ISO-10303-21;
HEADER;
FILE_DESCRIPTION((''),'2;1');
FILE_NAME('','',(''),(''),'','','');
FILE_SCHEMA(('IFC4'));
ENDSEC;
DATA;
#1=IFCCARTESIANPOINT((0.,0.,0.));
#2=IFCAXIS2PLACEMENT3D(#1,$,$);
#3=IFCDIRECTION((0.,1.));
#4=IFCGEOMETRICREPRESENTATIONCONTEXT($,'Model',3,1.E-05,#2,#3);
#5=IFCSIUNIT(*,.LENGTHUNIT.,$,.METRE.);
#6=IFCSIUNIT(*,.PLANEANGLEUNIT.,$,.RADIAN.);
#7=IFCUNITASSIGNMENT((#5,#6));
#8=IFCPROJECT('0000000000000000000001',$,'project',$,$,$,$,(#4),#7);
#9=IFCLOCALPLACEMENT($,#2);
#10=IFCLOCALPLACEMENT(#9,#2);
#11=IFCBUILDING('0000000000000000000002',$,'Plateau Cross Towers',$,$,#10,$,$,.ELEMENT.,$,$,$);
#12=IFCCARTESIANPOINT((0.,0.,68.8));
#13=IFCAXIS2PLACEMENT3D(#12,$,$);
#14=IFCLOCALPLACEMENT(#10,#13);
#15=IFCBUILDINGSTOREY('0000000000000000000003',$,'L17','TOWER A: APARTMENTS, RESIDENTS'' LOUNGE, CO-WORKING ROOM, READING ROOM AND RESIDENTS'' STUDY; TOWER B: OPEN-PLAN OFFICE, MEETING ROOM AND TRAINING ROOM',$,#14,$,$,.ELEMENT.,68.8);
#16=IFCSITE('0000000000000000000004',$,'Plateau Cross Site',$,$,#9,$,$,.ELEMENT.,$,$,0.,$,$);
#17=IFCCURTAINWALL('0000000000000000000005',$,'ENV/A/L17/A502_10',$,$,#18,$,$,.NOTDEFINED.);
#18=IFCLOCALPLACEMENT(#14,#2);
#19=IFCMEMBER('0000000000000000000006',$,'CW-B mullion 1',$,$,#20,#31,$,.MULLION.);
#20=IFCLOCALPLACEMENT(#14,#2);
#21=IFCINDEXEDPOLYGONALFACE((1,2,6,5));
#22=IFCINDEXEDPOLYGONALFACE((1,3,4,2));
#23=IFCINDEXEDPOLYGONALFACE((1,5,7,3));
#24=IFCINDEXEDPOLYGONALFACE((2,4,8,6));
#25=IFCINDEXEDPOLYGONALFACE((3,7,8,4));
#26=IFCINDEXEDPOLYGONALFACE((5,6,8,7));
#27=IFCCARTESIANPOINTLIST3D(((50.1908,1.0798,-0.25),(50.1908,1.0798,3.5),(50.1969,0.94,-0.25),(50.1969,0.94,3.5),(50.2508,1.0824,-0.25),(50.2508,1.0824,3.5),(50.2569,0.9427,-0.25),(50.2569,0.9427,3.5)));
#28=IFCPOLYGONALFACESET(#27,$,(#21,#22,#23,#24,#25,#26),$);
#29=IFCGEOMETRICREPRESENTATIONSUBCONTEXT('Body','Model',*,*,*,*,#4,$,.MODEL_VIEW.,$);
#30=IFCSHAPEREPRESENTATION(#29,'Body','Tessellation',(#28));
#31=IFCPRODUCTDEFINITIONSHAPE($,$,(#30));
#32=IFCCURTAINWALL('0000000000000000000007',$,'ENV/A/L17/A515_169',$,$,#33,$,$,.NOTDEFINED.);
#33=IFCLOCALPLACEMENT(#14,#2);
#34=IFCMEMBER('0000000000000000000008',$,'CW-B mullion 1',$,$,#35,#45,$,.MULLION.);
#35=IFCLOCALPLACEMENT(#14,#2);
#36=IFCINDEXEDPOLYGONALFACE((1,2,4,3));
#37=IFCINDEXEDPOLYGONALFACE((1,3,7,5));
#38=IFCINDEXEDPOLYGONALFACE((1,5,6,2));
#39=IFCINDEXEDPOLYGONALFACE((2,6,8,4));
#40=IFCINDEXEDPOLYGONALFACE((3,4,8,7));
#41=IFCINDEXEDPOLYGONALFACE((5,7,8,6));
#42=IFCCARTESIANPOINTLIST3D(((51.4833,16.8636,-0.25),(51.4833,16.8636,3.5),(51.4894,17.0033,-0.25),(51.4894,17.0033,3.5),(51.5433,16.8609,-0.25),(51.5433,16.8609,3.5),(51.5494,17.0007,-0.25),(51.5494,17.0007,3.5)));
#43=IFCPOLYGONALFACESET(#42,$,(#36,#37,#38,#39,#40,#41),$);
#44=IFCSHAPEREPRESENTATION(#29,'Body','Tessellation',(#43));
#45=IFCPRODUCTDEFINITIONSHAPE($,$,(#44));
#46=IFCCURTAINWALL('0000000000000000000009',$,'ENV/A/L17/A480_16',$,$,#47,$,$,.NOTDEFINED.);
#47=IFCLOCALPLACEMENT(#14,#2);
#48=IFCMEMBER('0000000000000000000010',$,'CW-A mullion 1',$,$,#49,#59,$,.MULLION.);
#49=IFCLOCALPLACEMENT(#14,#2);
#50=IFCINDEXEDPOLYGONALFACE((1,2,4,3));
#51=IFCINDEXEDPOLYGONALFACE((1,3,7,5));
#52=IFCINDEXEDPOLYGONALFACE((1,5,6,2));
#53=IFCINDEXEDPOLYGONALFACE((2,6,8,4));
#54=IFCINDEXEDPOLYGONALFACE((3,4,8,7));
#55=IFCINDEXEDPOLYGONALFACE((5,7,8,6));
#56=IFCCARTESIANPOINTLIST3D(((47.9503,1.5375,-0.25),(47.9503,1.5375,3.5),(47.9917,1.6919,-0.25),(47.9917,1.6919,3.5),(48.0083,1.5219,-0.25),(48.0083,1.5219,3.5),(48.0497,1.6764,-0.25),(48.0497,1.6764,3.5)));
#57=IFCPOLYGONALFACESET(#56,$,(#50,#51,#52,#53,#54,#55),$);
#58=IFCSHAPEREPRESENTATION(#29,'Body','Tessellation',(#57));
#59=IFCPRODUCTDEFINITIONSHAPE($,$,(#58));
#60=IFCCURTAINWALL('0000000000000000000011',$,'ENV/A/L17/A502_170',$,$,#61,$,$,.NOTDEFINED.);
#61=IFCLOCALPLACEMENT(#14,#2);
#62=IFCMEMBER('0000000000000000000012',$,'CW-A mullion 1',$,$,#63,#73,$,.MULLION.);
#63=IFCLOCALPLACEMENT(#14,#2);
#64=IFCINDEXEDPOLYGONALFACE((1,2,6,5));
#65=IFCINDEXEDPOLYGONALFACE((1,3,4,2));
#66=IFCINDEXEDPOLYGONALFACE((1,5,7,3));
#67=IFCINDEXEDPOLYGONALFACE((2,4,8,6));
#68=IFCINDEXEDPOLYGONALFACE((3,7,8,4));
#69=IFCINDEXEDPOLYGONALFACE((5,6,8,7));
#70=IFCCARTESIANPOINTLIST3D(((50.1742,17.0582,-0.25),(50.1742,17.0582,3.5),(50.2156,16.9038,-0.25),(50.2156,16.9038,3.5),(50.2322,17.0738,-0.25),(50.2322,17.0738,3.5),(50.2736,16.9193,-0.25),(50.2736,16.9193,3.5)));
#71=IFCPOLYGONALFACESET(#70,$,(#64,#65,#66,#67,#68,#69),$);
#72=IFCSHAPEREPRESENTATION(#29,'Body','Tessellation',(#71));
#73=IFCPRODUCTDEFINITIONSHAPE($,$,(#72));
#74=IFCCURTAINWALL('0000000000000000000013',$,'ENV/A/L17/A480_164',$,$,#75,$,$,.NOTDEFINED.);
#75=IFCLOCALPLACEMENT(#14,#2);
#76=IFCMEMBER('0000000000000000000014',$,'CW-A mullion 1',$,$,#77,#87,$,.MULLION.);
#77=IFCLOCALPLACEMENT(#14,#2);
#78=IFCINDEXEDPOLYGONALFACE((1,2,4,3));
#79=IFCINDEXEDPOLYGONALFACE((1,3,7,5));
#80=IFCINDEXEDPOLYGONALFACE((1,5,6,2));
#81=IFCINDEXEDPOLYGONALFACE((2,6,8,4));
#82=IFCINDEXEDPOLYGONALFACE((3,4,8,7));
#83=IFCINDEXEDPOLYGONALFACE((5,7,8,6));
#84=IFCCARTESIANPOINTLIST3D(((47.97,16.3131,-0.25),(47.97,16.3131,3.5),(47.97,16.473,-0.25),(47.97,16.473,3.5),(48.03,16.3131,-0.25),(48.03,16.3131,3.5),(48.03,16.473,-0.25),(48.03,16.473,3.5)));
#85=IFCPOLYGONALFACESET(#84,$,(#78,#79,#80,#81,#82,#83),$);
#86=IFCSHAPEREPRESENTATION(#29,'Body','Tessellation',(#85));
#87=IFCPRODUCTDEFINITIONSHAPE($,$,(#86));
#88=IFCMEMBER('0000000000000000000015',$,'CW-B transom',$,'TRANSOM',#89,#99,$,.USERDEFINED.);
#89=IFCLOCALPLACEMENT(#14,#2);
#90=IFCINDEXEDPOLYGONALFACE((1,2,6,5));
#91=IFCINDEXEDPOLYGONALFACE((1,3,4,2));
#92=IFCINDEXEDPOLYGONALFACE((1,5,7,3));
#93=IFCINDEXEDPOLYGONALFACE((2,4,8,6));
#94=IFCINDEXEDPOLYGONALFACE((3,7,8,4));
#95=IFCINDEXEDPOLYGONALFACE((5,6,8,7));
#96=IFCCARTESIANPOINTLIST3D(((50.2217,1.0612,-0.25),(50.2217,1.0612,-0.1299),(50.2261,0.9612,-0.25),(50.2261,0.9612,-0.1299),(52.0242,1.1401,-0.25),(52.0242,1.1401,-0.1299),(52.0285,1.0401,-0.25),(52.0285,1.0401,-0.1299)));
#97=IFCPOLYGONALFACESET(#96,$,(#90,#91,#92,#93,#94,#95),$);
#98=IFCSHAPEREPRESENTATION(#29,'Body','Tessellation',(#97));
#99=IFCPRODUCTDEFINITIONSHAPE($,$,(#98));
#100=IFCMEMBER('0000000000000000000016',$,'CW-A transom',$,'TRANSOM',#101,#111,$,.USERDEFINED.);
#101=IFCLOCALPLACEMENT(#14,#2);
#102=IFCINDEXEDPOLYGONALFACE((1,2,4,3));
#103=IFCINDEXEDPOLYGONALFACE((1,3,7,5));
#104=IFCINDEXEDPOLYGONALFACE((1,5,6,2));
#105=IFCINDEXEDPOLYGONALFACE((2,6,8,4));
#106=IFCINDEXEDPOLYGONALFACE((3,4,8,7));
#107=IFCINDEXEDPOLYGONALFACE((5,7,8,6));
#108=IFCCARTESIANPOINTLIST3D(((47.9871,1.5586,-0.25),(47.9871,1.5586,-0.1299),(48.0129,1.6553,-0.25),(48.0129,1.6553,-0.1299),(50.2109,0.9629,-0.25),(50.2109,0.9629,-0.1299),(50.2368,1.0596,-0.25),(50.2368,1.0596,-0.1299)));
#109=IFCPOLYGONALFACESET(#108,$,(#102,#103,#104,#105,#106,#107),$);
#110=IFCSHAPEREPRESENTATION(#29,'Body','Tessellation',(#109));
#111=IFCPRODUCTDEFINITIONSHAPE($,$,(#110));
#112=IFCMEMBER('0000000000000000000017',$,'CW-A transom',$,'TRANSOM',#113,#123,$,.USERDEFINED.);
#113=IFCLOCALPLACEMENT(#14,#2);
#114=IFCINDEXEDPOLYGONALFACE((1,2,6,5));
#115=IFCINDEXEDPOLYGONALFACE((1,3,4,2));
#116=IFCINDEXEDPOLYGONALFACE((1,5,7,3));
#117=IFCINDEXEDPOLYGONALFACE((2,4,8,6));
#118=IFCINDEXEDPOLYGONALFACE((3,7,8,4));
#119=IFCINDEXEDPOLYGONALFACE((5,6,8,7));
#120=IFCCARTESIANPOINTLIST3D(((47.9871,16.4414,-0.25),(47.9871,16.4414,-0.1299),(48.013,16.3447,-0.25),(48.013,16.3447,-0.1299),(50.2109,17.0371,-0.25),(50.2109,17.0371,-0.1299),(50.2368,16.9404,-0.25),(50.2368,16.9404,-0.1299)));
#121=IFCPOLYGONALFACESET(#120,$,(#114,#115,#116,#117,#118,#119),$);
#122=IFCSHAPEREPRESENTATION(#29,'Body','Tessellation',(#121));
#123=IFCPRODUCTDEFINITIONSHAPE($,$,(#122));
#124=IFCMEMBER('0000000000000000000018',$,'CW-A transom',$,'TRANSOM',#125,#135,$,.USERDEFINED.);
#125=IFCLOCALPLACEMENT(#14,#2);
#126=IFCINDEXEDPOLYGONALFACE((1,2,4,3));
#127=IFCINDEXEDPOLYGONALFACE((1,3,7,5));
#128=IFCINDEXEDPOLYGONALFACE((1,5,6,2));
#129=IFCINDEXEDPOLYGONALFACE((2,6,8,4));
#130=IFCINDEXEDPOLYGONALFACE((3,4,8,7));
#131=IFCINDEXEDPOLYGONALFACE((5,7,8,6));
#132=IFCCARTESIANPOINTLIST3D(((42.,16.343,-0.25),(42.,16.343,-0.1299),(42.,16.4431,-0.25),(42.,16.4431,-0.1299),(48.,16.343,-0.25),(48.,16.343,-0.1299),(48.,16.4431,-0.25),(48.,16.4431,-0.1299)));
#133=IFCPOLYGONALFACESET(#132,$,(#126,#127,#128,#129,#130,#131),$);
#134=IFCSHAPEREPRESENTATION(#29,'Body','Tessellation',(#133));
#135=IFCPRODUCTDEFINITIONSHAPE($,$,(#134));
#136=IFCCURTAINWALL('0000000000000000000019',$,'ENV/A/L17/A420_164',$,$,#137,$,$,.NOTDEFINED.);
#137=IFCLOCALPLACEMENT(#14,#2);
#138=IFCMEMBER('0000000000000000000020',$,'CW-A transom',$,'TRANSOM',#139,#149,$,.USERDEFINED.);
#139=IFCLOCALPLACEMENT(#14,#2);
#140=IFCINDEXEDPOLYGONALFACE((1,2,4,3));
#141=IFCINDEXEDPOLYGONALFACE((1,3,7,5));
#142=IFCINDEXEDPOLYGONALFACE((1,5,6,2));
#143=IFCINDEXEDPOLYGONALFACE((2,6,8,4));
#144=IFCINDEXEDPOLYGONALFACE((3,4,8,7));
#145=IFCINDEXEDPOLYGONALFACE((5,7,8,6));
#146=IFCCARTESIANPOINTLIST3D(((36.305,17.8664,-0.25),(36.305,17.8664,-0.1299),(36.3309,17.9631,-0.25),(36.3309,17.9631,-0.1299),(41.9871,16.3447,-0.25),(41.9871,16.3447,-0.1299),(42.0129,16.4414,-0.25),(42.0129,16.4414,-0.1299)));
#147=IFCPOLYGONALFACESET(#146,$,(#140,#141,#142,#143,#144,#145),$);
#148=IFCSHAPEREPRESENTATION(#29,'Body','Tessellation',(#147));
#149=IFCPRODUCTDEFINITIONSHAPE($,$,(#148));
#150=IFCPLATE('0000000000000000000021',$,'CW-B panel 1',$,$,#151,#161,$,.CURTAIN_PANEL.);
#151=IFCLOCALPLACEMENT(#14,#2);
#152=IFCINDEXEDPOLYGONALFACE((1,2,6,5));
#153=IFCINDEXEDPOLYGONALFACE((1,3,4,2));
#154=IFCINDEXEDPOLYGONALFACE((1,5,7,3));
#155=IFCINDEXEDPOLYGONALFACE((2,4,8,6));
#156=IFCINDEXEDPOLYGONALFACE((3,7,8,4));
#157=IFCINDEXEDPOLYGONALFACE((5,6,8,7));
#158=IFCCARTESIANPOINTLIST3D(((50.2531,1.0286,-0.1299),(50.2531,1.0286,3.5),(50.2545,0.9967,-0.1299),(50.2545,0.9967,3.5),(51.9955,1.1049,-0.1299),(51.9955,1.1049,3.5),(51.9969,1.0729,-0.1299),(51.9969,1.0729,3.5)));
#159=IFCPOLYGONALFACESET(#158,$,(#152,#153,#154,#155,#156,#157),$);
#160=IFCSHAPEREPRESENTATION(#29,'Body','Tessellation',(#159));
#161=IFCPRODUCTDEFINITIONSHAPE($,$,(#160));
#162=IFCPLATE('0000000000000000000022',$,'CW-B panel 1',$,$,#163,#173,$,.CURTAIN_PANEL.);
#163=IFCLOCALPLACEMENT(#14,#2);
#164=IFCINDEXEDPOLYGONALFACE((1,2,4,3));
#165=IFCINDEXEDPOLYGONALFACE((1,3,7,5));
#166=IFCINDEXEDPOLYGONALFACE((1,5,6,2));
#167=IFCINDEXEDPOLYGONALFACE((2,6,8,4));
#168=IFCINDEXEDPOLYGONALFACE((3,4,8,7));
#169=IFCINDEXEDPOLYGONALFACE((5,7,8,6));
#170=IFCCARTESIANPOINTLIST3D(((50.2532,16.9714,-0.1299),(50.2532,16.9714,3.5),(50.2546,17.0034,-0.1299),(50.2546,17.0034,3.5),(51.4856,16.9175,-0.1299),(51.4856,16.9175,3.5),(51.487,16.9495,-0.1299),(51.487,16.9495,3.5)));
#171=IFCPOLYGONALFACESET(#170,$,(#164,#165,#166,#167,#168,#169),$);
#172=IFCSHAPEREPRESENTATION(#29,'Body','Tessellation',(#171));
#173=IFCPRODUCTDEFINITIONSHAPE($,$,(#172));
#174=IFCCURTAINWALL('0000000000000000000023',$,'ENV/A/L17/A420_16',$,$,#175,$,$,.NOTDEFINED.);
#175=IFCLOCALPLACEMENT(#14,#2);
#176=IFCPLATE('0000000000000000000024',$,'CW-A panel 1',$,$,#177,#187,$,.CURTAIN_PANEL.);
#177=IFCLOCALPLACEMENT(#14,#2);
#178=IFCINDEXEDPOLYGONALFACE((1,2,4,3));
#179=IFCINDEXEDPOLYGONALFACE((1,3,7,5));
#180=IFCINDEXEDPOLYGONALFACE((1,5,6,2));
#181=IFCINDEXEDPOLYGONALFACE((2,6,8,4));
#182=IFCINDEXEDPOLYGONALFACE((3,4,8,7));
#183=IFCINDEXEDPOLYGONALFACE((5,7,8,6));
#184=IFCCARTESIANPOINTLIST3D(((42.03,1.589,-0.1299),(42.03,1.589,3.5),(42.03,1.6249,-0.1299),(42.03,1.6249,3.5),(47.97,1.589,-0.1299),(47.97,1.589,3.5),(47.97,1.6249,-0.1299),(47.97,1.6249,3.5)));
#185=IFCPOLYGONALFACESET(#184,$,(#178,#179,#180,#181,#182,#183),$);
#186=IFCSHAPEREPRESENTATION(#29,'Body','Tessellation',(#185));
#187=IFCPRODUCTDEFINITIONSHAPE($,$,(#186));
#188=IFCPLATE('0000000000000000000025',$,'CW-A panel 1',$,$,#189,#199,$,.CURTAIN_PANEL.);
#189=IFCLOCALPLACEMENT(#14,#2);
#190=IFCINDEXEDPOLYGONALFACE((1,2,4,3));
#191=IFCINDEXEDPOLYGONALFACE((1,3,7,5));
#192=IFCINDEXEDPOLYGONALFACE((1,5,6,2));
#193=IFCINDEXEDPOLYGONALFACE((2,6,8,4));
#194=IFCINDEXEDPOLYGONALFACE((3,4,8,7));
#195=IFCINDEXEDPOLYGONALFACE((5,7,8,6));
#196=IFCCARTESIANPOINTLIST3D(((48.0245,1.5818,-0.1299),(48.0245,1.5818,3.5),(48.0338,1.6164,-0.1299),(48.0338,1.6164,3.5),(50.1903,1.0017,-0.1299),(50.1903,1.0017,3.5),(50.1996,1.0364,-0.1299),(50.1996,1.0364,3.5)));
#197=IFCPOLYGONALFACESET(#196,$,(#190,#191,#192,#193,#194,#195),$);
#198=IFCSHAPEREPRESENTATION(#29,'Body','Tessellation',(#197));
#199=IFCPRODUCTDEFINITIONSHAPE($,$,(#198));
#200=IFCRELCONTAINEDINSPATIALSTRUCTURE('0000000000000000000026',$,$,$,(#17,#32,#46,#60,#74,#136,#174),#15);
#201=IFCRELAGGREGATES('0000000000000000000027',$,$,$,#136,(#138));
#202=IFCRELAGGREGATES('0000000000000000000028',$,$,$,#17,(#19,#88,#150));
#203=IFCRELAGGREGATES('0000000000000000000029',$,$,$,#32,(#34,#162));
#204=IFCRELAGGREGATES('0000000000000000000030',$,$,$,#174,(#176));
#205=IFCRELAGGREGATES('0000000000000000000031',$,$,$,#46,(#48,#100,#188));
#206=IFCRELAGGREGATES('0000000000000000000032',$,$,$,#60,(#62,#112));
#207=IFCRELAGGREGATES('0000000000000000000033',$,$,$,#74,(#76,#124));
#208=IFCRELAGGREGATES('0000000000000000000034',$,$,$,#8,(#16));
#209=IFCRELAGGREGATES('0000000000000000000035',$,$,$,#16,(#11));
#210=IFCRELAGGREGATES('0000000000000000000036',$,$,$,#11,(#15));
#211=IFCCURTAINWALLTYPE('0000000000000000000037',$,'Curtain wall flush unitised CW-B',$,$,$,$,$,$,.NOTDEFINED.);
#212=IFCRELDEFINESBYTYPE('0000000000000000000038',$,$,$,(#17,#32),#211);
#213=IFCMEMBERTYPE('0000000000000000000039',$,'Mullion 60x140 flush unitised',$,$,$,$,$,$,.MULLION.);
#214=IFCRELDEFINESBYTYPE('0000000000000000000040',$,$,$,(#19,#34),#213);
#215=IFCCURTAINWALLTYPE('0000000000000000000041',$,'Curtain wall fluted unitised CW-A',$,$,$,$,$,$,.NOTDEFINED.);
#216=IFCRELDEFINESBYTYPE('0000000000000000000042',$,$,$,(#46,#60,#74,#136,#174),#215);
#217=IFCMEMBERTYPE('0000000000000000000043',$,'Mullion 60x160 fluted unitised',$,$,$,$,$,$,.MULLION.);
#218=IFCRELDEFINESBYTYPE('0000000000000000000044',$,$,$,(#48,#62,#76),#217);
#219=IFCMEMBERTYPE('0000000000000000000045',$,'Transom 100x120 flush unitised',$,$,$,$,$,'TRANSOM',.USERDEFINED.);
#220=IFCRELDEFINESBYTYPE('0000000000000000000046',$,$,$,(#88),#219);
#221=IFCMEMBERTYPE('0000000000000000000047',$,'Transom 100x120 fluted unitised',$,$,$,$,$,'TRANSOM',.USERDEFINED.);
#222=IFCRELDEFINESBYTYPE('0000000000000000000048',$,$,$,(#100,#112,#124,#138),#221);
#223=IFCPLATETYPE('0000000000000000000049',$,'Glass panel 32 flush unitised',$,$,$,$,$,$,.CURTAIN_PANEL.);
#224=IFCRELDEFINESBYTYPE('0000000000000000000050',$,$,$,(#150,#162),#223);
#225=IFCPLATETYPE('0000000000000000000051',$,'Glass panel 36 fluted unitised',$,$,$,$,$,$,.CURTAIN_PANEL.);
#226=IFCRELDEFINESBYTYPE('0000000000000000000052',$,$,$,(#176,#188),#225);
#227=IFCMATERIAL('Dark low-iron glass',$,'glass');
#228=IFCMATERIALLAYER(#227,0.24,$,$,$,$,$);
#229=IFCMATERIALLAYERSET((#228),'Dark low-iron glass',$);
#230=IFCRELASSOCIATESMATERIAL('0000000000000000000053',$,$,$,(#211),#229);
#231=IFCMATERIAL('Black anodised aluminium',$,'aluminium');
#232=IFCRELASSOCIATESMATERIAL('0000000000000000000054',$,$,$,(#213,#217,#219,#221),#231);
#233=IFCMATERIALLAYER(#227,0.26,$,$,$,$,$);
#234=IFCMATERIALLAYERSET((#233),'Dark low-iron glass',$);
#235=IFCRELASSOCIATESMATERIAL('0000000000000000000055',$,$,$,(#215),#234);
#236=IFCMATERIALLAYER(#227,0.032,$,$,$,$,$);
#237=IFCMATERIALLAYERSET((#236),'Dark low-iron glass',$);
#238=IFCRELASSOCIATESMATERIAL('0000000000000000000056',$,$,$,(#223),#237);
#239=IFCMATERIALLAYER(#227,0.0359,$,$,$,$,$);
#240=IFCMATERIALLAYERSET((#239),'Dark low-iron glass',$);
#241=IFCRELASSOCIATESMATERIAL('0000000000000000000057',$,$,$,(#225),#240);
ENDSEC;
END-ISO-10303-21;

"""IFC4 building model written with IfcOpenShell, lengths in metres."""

from ifc_helpers import new_model, si_unit, direction, frame, origin, origin_2d, place, context, subcontext, project, spatial, rectangle, extrude, material, layer, layer_set, material_profile, profile_set, type_object, element, aggregate, save


model = new_model("IFC4")

# Units and contexts
model_context = context("Model", 3, precision=1e-05, world=origin(), true_north=direction((0.0, 1.0)))
body_context = subcontext(model_context, "Body", "Model", "MODEL_VIEW")
ifc_project = project(units=[si_unit("LENGTHUNIT", "METRE"), si_unit("PLANEANGLEUNIT", "RADIAN")], contexts=[model_context])

# Site, building, storey
site_placement = place(None, origin())
site = spatial("IfcSite", under=ifc_project, at=site_placement, Name="Plateau Cross Site", CompositionType="ELEMENT", RefElevation=0.0)
building_placement = place(site_placement, origin())
building = spatial("IfcBuilding", under=site, at=building_placement, Name="Plateau Cross Towers", CompositionType="ELEMENT")
storey_placement = place(building_placement, frame((0.0, 0.0, 68.8)))
storey = spatial("IfcBuildingStorey", under=building, at=storey_placement, Name="L17", Description="TOWER A: APARTMENTS, RESIDENTS' LOUNGE, CO-WORKING ROOM, READING ROOM AND RESIDENTS' STUDY; TOWER B: OPEN-PLAN OFFICE, MEETING ROOM AND TRAINING ROOM", CompositionType="ELEMENT", Elevation=68.8)

# Curtain walls, members
ifc_material_1 = material(Name="Dark low-iron glass", Category="glass")
ifc_layer_1 = layer(ifc_material_1, 0.24)
ifc_layer_set_1 = layer_set([ifc_layer_1], Name="Dark low-iron glass")
curtain_wall_type_1 = type_object("IfcCurtainWallType", Name="Curtain wall flush unitised CW-B", PredefinedType="NOTDEFINED", material=ifc_layer_set_1)
curtain_wall_1_placement = place(storey_placement, origin())
curtain_wall_1 = element("IfcCurtainWall", 1, at=curtain_wall_1_placement, inside=storey, type_object=curtain_wall_type_1, Name="ENV/A/L17/A502_10", PredefinedType="NOTDEFINED")
ifc_material_2 = material(Name="Black anodised aluminium", Category="aluminium")
ifc_material_profile_1 = material_profile(ifc_material_2, rectangle(XDim=0.0601, YDim=0.1399, at=origin_2d()), Name="MULLION 60x140")
ifc_profile_set_1 = profile_set([ifc_material_profile_1], Name="Black anodised aluminium")
member_type_1 = type_object("IfcMemberType", Name="Mullion 60x140 flush unitised", PredefinedType="MULLION", material=ifc_profile_set_1)
member_1_placement = place(storey_placement, frame((50.2239, 1.0112, -0.25), z_axis=(0.0, 0.0, 1.0), x_axis=(0.999044, 0.043723, 0.0)))
member_1 = element("IfcMember", 2, at=member_1_placement, type_object=member_type_1, Name="CW-B mullion 1", PredefinedType="MULLION", context=body_context, shape_type="SweptSolid", body=[
    extrude(rectangle(XDim=0.0601, YDim=0.1399, at=origin_2d()), origin(), (0.0, 0.0, 1.0), 3.75),
])
curtain_wall_2_placement = place(storey_placement, origin())
curtain_wall_2 = element("IfcCurtainWall", 3, at=curtain_wall_2_placement, inside=storey, type_object=curtain_wall_type_1, Name="ENV/A/L17/A515_169", PredefinedType="NOTDEFINED")
member_2_placement = place(storey_placement, frame((51.5164, 16.9321, -0.25), z_axis=(0.0, 0.0, 1.0), x_axis=(-0.999044, 0.043723, 0.0)))
member_2 = element("IfcMember", 4, at=member_2_placement, type_object=member_type_1, Name="CW-B mullion 1", PredefinedType="MULLION", context=body_context, shape_type="SweptSolid", body=[
    extrude(rectangle(XDim=0.0601, YDim=0.1399, at=origin_2d()), origin(), (0.0, 0.0, 1.0), 3.75),
])
ifc_layer_2 = layer(ifc_material_1, 0.26)
ifc_layer_set_2 = layer_set([ifc_layer_2], Name="Dark low-iron glass")
curtain_wall_type_2 = type_object("IfcCurtainWallType", Name="Curtain wall fluted unitised CW-A", PredefinedType="NOTDEFINED", material=ifc_layer_set_2)
curtain_wall_3_placement = place(storey_placement, origin())
curtain_wall_3 = element("IfcCurtainWall", 5, at=curtain_wall_3_placement, inside=storey, type_object=curtain_wall_type_2, Name="ENV/A/L17/A480_16", PredefinedType="NOTDEFINED")
ifc_material_profile_2 = material_profile(ifc_material_2, rectangle(XDim=0.0601, YDim=0.1599, at=origin_2d()), Name="MULLION 60x160")
ifc_profile_set_2 = profile_set([ifc_material_profile_2], Name="Black anodised aluminium")
member_type_2 = type_object("IfcMemberType", Name="Mullion 60x160 fluted unitised", PredefinedType="MULLION", material=ifc_profile_set_2)
member_3_placement = place(storey_placement, frame((48.0, 1.6069, -0.25), z_axis=(0.0, 0.0, 1.0), x_axis=(0.965958, -0.258699, 0.0)))
member_3 = element("IfcMember", 6, at=member_3_placement, type_object=member_type_2, Name="CW-A mullion 1", PredefinedType="MULLION", context=body_context, shape_type="SweptSolid", body=[
    extrude(rectangle(XDim=0.0601, YDim=0.1599, at=origin_2d()), origin(), (0.0, 0.0, 1.0), 3.75),
])
curtain_wall_4_placement = place(storey_placement, origin())
curtain_wall_4 = element("IfcCurtainWall", 7, at=curtain_wall_4_placement, inside=storey, type_object=curtain_wall_type_2, Name="ENV/A/L17/A502_170", PredefinedType="NOTDEFINED")
member_4_placement = place(storey_placement, frame((50.2239, 16.9888, -0.25), z_axis=(0.0, 0.0, 1.0), x_axis=(-0.965958, -0.258699, 0.0)))
member_4 = element("IfcMember", 8, at=member_4_placement, type_object=member_type_2, Name="CW-A mullion 1", PredefinedType="MULLION", context=body_context, shape_type="SweptSolid", body=[
    extrude(rectangle(XDim=0.0601, YDim=0.1599, at=origin_2d()), origin(), (0.0, 0.0, 1.0), 3.75),
])
curtain_wall_5_placement = place(storey_placement, origin())
curtain_wall_5 = element("IfcCurtainWall", 9, at=curtain_wall_5_placement, inside=storey, type_object=curtain_wall_type_2, Name="ENV/A/L17/A480_164", PredefinedType="NOTDEFINED")
member_5_placement = place(storey_placement, frame((48.0, 16.3931, -0.25), z_axis=(0.0, 0.0, 1.0), x_axis=(-1.0, 0.0, 0.0)))
member_5 = element("IfcMember", 10, at=member_5_placement, type_object=member_type_2, Name="CW-A mullion 1", PredefinedType="MULLION", context=body_context, shape_type="SweptSolid", body=[
    extrude(rectangle(XDim=0.0601, YDim=0.1599, at=origin_2d()), origin(), (0.0, 0.0, 1.0), 3.75),
])

# Members
ifc_material_profile_3 = material_profile(ifc_material_2, rectangle(XDim=0.1001, YDim=0.1201, at=origin_2d()), Name="TRANSOM 100x120")
ifc_profile_set_3 = profile_set([ifc_material_profile_3], Name="Black anodised aluminium")
member_type_3 = type_object("IfcMemberType", Name="Transom 100x120 flush unitised", ElementType="TRANSOM", PredefinedType="USERDEFINED", material=ifc_profile_set_3)
member_6_placement = place(storey_placement, frame((50.2239, 1.0112, -0.1899), z_axis=(0.999044, 0.043707, 0.0), x_axis=(-0.043707, 0.999044, 0.0)))
member_6 = element("IfcMember", 11, at=member_6_placement, type_object=member_type_3, Name="CW-B transom", ObjectType="TRANSOM", PredefinedType="USERDEFINED", context=body_context, shape_type="SweptSolid", body=[
    extrude(rectangle(XDim=0.1001, YDim=0.1201, at=origin_2d()), origin(), (0.0, 0.0, 1.0), 1.8042),
])
ifc_material_profile_4 = material_profile(ifc_material_2, rectangle(XDim=0.1001, YDim=0.1201, at=origin_2d()), Name="TRANSOM 100x120")
ifc_profile_set_4 = profile_set([ifc_material_profile_4], Name="Black anodised aluminium")
member_type_4 = type_object("IfcMemberType", Name="Transom 100x120 fluted unitised", ElementType="TRANSOM", PredefinedType="USERDEFINED", material=ifc_profile_set_4)
member_7_placement = place(storey_placement, frame((48.0, 1.6069, -0.1899), z_axis=(0.965946, -0.258745, 0.0), x_axis=(0.258745, 0.965946, 0.0)))
member_7 = element("IfcMember", 12, at=member_7_placement, type_object=member_type_4, Name="CW-A transom", ObjectType="TRANSOM", PredefinedType="USERDEFINED", context=body_context, shape_type="SweptSolid", body=[
    extrude(rectangle(XDim=0.1001, YDim=0.1201, at=origin_2d()), origin(), (0.0, 0.0, 1.0), 2.3022),
])
member_8_placement = place(storey_placement, frame((50.2239, 16.9888, -0.1899), z_axis=(-0.965946, -0.258745, 0.0), x_axis=(0.258745, -0.965946, 0.0)))
member_8 = element("IfcMember", 13, at=member_8_placement, type_object=member_type_4, Name="CW-A transom", ObjectType="TRANSOM", PredefinedType="USERDEFINED", context=body_context, shape_type="SweptSolid", body=[
    extrude(rectangle(XDim=0.1001, YDim=0.1201, at=origin_2d()), origin(), (0.0, 0.0, 1.0), 2.3022),
])
member_9_placement = place(storey_placement, frame((48.0, 16.3931, -0.1899), z_axis=(-1.0, 0.0, 0.0), x_axis=(0.0, -1.0, 0.0)))
member_9 = element("IfcMember", 14, at=member_9_placement, type_object=member_type_4, Name="CW-A transom", ObjectType="TRANSOM", PredefinedType="USERDEFINED", context=body_context, shape_type="SweptSolid", body=[
    extrude(rectangle(XDim=0.1001, YDim=0.1201, at=origin_2d()), origin(), (0.0, 0.0, 1.0), 6.0),
])

# Curtain wall, member
curtain_wall_6_placement = place(storey_placement, origin())
curtain_wall_6 = element("IfcCurtainWall", 15, at=curtain_wall_6_placement, inside=storey, type_object=curtain_wall_type_2, Name="ENV/A/L17/A420_164", PredefinedType="NOTDEFINED")
member_10_placement = place(storey_placement, frame((42.0, 16.3931, -0.1899), z_axis=(-0.96596, 0.258693, 0.0), x_axis=(-0.258693, -0.96596, 0.0)))
member_10 = element("IfcMember", 16, at=member_10_placement, type_object=member_type_4, Name="CW-A transom", ObjectType="TRANSOM", PredefinedType="USERDEFINED", context=body_context, shape_type="SweptSolid", body=[
    extrude(rectangle(XDim=0.1001, YDim=0.1201, at=origin_2d()), origin(), (0.0, 0.0, 1.0), 5.8823),
])
aggregate(curtain_wall_6, [member_10])

# Plates
ifc_layer_3 = layer(ifc_material_1, 0.032)
ifc_layer_set_3 = layer_set([ifc_layer_3], Name="Dark low-iron glass")
plate_type_1 = type_object("IfcPlateType", Name="Glass panel 32 flush unitised", PredefinedType="CURTAIN_PANEL", material=ifc_layer_set_3)
plate_1_placement = place(storey_placement, frame((51.125, 1.0508, -0.1299), z_axis=(0.0, 0.0, 1.0), x_axis=(0.999044, 0.043723, 0.0)))
plate_1 = element("IfcPlate", 17, at=plate_1_placement, type_object=plate_type_1, Name="CW-B panel 1", PredefinedType="CURTAIN_PANEL", context=body_context, shape_type="SweptSolid", body=[
    extrude(rectangle(XDim=1.7441, YDim=0.032, at=origin_2d()), origin(), (0.0, 0.0, 1.0), 3.6299),
])
aggregate(curtain_wall_1, [member_1, member_6, plate_1])
plate_2_placement = place(storey_placement, frame((50.8701, 16.9604, -0.1299), z_axis=(0.0, 0.0, 1.0), x_axis=(-0.999044, 0.043723, 0.0)))
plate_2 = element("IfcPlate", 18, at=plate_2_placement, type_object=plate_type_1, Name="CW-B panel 1", PredefinedType="CURTAIN_PANEL", context=body_context, shape_type="SweptSolid", body=[
    extrude(rectangle(XDim=1.2336, YDim=0.032, at=origin_2d()), origin(), (0.0, 0.0, 1.0), 3.6299),
])
aggregate(curtain_wall_2, [member_2, plate_2])

# Curtain wall, plate
curtain_wall_7_placement = place(storey_placement, origin())
curtain_wall_7 = element("IfcCurtainWall", 19, at=curtain_wall_7_placement, inside=storey, type_object=curtain_wall_type_2, Name="ENV/A/L17/A420_16", PredefinedType="NOTDEFINED")
ifc_layer_4 = layer(ifc_material_1, 0.0359)
ifc_layer_set_4 = layer_set([ifc_layer_4], Name="Dark low-iron glass")
plate_type_2 = type_object("IfcPlateType", Name="Glass panel 36 fluted unitised", PredefinedType="CURTAIN_PANEL", material=ifc_layer_set_4)
plate_3_placement = place(storey_placement, frame((45.0, 1.6069, -0.1299), z_axis=(0.0, 0.0, 1.0), x_axis=(1.0, 0.0, 0.0)))
plate_3 = element("IfcPlate", 20, at=plate_3_placement, type_object=plate_type_2, Name="CW-A panel 1", PredefinedType="CURTAIN_PANEL", context=body_context, shape_type="SweptSolid", body=[
    extrude(rectangle(XDim=5.9399, YDim=0.0359, at=origin_2d()), origin(), (0.0, 0.0, 1.0), 3.6299),
])
aggregate(curtain_wall_7, [plate_3])

# Plate
plate_4_placement = place(storey_placement, frame((49.1121, 1.3091, -0.1299), z_axis=(0.0, 0.0, 1.0), x_axis=(0.965958, -0.258699, 0.0)))
plate_4 = element("IfcPlate", 21, at=plate_4_placement, type_object=plate_type_2, Name="CW-A panel 1", PredefinedType="CURTAIN_PANEL", context=body_context, shape_type="SweptSolid", body=[
    extrude(rectangle(XDim=2.2422, YDim=0.0359, at=origin_2d()), origin(), (0.0, 0.0, 1.0), 3.6299),
])
aggregate(curtain_wall_3, [member_3, member_7, plate_4])
aggregate(curtain_wall_4, [member_4, member_8])
aggregate(curtain_wall_5, [member_5, member_9])

save(model, "model.ifc")
